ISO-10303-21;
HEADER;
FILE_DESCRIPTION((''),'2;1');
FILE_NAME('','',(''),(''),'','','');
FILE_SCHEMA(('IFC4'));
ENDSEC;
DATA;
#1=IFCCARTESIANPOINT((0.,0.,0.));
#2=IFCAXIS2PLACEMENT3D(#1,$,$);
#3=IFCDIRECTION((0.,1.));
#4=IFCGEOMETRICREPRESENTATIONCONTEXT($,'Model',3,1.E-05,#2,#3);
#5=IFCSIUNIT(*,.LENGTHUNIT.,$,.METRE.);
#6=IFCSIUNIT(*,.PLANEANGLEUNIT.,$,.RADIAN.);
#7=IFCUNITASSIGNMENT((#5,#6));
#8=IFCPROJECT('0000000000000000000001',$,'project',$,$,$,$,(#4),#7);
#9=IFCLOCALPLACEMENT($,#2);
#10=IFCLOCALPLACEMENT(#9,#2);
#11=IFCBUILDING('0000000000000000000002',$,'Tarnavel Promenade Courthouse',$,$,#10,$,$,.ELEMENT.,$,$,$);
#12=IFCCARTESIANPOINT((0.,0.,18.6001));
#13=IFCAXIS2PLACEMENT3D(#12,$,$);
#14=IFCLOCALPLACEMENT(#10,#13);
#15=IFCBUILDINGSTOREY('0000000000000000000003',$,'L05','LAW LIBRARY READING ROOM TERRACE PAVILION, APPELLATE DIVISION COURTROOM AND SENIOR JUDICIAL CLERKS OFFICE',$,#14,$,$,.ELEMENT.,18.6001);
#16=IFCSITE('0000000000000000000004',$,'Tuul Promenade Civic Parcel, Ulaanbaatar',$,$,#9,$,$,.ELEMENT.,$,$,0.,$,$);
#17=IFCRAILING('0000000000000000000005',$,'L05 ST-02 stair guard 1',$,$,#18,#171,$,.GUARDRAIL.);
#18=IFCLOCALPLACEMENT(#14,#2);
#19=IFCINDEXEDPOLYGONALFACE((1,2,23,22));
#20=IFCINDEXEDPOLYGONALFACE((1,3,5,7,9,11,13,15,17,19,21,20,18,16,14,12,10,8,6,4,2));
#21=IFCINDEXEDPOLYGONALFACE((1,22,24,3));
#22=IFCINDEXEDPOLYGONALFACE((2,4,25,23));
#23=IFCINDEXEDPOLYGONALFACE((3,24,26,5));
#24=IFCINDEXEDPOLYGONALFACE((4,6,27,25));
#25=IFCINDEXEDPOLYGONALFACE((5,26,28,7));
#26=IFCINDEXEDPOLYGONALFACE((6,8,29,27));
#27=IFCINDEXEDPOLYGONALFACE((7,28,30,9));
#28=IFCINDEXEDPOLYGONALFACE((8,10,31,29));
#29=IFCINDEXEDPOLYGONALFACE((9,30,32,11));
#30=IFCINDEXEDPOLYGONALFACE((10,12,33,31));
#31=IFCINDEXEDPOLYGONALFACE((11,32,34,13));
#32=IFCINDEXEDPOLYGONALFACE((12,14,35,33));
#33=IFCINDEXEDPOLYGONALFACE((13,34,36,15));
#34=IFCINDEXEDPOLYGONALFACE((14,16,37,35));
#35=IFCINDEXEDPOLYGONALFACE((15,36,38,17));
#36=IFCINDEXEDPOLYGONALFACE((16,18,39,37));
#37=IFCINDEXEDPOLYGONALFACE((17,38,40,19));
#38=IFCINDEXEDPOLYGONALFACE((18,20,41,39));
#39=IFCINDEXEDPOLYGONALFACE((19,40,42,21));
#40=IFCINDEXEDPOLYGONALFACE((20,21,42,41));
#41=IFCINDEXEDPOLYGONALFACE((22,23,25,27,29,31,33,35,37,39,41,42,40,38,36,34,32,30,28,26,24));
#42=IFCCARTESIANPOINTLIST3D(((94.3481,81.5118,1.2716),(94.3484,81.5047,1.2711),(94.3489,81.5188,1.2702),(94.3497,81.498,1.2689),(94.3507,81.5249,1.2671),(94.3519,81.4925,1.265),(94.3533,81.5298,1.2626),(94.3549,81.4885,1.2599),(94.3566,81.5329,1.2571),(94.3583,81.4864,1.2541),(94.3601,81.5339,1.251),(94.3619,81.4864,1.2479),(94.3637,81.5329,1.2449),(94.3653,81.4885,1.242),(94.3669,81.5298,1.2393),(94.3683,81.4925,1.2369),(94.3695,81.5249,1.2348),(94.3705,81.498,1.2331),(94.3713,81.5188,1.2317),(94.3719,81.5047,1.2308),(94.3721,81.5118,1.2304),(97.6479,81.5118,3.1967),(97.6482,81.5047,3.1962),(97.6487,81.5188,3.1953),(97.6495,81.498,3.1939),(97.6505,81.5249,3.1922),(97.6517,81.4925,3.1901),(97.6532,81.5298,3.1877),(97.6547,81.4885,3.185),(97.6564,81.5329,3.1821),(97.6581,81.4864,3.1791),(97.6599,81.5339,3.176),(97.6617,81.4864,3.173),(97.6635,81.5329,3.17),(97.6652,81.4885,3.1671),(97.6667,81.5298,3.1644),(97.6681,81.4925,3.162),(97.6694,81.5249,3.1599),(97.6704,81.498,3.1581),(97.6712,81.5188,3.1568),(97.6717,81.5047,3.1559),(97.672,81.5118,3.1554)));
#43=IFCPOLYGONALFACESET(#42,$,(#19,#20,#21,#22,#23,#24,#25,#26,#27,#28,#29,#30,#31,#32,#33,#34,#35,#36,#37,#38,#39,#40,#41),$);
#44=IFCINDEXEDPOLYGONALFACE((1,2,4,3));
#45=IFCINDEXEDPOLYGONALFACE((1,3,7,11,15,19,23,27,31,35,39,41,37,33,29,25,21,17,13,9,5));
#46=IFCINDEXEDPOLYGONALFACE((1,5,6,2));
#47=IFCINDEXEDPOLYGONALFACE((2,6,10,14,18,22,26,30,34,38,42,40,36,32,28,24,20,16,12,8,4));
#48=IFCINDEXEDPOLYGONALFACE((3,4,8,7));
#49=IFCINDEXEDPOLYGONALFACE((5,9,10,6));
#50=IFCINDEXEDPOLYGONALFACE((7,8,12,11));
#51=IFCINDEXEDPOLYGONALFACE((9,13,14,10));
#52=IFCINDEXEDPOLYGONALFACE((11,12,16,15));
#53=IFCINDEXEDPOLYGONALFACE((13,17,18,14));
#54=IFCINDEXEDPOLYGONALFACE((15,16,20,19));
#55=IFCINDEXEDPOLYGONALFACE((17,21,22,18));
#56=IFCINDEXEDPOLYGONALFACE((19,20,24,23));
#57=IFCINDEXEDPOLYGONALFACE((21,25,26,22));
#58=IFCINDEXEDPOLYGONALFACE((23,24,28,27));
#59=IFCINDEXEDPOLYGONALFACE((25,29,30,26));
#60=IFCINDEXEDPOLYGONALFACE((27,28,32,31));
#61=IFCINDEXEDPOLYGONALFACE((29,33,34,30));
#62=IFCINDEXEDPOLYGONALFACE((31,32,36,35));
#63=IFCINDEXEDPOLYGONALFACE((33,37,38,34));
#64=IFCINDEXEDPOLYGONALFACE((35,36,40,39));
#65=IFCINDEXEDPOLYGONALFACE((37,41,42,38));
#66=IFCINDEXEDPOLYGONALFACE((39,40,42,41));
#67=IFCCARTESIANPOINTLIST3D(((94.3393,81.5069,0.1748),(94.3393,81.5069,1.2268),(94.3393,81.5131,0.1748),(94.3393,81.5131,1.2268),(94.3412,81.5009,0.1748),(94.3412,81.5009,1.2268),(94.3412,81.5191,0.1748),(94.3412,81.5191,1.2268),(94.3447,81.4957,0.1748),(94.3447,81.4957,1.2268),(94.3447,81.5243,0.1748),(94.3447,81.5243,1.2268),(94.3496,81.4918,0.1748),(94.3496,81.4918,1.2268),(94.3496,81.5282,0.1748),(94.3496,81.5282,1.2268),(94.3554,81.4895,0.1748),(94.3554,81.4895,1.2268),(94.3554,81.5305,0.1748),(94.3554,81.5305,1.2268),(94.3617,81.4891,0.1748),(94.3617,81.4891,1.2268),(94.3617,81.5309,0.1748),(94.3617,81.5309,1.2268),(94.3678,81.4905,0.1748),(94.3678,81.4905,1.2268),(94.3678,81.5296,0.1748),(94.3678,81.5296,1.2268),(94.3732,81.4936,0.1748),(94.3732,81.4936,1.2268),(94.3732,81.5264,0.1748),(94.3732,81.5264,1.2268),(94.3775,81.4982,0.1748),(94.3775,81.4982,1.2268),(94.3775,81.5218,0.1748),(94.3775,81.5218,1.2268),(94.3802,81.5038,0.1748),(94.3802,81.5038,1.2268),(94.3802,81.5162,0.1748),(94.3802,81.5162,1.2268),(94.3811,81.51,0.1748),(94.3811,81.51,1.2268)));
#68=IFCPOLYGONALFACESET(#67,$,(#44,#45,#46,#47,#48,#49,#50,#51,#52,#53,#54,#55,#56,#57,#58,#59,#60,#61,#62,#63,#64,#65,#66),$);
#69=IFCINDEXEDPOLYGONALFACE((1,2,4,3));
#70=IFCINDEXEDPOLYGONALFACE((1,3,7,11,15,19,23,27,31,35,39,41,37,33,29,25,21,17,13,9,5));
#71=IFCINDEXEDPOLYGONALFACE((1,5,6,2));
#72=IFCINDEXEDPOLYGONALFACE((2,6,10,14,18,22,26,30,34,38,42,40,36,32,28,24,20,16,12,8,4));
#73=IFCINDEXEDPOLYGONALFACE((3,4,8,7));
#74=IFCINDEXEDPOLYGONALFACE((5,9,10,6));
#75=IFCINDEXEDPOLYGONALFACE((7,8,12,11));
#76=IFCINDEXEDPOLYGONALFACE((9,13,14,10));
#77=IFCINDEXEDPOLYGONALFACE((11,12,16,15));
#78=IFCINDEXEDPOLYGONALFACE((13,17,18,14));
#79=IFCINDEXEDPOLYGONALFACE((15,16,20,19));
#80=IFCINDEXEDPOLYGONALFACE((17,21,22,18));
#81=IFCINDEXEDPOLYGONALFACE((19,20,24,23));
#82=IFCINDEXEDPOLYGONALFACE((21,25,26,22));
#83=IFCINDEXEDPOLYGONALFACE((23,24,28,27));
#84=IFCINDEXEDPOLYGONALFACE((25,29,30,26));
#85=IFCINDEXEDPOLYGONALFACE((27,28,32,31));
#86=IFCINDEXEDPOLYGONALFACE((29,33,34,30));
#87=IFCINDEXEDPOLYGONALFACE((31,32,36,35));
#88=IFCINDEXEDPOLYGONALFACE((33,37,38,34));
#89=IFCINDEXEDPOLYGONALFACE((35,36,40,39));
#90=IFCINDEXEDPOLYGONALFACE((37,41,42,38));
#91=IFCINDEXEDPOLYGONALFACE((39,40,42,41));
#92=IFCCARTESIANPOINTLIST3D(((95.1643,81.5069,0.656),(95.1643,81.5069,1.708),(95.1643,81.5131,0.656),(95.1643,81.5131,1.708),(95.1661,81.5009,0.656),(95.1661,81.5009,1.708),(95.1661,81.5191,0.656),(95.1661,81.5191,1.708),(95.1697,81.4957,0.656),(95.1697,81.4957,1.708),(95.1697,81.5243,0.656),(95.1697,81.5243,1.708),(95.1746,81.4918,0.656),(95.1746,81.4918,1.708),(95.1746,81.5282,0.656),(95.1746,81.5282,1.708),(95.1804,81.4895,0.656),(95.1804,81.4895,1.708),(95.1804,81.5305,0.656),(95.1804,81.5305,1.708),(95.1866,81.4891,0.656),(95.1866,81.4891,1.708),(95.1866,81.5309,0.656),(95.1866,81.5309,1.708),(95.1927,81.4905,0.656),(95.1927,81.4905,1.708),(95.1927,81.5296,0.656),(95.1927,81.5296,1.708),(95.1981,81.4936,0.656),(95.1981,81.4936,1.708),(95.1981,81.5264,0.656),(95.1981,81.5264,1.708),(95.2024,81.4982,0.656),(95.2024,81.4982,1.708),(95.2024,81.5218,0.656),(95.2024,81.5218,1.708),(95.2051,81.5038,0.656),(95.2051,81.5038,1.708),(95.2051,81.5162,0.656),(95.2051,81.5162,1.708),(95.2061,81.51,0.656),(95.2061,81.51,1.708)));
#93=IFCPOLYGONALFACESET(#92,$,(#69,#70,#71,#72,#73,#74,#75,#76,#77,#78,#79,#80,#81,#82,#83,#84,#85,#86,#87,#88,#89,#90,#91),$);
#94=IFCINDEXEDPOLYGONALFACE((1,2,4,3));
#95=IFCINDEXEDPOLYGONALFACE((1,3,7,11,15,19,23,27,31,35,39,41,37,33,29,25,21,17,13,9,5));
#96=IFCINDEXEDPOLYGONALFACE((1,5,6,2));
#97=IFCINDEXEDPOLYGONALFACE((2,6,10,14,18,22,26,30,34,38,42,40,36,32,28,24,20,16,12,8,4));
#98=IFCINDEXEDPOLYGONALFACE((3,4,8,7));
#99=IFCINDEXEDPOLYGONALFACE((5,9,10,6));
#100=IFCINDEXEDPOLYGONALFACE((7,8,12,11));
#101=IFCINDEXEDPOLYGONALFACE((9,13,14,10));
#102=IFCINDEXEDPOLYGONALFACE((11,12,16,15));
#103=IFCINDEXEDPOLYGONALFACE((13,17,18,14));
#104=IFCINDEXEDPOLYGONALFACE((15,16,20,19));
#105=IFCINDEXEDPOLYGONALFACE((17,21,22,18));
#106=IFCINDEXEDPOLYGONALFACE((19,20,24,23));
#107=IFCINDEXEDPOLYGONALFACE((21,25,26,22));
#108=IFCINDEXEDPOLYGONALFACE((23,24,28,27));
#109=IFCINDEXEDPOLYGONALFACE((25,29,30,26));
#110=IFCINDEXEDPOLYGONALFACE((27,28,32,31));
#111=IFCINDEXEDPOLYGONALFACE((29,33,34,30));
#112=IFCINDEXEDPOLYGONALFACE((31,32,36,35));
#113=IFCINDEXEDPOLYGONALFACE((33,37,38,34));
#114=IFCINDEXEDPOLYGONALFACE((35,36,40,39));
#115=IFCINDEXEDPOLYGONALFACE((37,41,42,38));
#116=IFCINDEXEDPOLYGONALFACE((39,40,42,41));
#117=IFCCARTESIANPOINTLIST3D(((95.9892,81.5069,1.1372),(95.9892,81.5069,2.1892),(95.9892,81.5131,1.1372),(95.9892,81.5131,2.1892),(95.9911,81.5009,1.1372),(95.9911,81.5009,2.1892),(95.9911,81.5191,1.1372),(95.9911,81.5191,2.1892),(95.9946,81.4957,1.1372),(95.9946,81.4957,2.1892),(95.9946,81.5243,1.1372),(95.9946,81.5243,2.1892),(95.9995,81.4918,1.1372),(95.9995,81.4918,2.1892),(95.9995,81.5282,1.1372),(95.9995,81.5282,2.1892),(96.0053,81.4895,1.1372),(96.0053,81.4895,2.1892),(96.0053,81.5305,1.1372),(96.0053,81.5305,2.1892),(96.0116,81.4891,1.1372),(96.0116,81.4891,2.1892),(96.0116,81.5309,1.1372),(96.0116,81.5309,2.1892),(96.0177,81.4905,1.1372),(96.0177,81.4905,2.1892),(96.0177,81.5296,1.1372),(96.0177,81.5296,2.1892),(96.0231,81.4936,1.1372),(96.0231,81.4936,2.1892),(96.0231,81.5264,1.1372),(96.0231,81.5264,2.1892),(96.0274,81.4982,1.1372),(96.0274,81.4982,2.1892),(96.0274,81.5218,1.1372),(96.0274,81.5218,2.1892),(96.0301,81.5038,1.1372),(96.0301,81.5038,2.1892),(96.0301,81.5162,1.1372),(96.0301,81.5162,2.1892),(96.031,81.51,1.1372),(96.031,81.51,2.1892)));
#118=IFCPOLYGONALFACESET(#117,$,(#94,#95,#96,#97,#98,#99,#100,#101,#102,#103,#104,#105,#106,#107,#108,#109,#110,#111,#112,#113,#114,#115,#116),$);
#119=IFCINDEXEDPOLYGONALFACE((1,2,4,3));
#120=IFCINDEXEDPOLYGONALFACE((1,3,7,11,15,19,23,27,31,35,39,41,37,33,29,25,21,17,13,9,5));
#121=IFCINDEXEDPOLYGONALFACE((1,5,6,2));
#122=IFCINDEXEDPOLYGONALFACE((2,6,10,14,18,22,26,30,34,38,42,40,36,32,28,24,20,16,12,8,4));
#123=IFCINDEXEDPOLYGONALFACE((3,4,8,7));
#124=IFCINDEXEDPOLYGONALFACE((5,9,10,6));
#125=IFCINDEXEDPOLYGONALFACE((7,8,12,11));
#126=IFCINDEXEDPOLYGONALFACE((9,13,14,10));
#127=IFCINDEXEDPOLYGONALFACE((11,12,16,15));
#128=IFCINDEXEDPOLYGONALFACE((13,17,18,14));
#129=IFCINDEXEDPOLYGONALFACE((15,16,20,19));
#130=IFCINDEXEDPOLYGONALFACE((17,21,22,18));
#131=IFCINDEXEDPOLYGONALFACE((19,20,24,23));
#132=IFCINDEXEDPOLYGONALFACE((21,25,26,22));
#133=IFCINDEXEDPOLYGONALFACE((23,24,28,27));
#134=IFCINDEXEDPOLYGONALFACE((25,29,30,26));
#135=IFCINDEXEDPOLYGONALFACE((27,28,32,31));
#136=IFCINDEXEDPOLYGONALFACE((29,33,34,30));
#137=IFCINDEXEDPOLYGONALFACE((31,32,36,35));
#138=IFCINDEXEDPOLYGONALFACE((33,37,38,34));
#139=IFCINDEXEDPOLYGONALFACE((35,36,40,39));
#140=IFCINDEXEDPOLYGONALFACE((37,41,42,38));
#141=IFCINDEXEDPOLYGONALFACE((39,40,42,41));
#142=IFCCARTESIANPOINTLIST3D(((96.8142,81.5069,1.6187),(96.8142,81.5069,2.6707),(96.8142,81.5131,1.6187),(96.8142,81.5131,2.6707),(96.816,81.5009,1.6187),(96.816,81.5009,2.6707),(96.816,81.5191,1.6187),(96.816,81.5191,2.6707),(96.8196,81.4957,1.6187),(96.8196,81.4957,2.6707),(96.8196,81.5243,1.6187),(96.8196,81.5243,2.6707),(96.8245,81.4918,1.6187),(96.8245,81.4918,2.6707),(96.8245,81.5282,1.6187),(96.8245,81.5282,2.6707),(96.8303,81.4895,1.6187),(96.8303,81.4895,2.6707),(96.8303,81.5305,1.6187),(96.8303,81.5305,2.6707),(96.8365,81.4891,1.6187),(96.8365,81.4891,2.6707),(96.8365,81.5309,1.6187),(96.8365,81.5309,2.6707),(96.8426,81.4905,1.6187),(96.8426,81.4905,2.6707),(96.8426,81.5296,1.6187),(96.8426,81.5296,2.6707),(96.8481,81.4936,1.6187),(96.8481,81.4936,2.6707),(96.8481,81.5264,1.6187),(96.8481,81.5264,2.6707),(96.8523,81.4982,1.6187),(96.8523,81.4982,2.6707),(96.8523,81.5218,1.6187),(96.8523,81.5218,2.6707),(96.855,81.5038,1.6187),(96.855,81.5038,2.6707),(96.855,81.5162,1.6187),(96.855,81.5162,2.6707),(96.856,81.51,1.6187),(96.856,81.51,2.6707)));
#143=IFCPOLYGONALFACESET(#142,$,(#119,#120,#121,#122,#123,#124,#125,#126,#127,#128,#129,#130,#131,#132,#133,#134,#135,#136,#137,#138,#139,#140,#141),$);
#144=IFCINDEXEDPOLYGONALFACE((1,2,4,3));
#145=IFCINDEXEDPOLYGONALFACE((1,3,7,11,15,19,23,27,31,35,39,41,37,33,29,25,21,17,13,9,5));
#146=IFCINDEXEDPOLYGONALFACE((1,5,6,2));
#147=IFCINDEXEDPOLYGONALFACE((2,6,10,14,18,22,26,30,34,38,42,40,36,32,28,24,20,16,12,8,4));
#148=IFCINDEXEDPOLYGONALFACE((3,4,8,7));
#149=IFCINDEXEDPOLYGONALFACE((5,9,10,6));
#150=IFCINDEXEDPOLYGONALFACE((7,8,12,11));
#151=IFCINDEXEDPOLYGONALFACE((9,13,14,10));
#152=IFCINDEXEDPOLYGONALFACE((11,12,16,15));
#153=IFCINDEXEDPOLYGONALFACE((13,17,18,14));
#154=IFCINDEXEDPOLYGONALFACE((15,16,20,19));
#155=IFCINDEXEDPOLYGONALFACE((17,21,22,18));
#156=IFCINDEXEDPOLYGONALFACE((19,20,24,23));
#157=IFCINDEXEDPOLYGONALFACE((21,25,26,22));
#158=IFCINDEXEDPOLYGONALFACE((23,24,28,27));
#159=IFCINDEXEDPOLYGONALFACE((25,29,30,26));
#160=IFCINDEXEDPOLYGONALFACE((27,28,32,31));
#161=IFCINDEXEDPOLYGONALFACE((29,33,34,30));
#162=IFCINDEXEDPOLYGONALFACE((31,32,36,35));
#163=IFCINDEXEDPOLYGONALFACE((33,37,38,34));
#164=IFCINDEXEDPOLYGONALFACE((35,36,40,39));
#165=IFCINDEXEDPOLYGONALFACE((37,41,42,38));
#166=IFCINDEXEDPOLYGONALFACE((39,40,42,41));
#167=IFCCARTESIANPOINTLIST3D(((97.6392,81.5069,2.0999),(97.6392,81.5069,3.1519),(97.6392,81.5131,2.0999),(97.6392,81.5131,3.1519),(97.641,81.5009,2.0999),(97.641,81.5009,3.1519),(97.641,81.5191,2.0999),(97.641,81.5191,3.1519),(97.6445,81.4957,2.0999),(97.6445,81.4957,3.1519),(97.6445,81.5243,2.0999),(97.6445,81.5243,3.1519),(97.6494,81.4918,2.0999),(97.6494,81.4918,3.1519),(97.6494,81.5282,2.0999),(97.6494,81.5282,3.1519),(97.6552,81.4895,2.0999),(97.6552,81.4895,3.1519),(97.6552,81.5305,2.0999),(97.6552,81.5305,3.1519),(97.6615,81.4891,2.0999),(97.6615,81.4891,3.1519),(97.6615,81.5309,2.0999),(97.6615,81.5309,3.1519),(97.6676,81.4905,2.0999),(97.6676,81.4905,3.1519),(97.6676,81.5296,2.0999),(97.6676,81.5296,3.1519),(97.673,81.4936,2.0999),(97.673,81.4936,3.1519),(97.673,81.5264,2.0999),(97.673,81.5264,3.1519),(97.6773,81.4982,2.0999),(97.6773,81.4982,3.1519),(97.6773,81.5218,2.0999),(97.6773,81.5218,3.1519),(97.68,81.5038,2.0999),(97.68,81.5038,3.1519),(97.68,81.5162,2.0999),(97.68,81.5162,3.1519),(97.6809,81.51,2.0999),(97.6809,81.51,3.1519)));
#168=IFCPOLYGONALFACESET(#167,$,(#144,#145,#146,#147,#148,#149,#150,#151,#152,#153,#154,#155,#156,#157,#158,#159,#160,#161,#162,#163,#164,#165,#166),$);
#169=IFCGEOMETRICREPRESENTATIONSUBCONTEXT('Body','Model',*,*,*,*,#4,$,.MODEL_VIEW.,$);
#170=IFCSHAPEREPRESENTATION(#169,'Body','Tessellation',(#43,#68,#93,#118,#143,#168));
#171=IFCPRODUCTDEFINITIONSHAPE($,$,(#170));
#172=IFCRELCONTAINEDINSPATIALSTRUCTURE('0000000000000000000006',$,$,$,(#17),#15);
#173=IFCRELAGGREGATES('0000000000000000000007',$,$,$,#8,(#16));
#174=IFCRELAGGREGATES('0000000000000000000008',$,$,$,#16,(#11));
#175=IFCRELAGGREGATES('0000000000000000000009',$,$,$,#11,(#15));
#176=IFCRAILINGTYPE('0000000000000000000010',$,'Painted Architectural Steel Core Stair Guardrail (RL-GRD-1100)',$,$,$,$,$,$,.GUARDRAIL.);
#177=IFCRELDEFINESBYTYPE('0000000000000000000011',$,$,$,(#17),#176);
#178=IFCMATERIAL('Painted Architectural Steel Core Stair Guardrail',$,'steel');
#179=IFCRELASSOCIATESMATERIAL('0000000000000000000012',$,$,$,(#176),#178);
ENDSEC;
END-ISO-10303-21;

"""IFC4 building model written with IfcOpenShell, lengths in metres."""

from ifc_helpers import new_model, si_unit, direction, frame, origin, origin_2d, place, context, subcontext, project, spatial, circle, extrude, material, type_object, element, save


model = new_model("IFC4")

# Units and contexts
model_context = context("Model", 3, precision=1e-05, world=origin(), true_north=direction((0.0, 1.0)))
body_context = subcontext(model_context, "Body", "Model", "MODEL_VIEW")
ifc_project = project(units=[si_unit("LENGTHUNIT", "METRE"), si_unit("PLANEANGLEUNIT", "RADIAN")], contexts=[model_context])

# Site, building, storey
site_placement = place(None, origin())
site = spatial("IfcSite", under=ifc_project, at=site_placement, Name="Tuul Promenade Civic Parcel, Ulaanbaatar", CompositionType="ELEMENT", RefElevation=0.0)
building_placement = place(site_placement, origin())
building = spatial("IfcBuilding", under=site, at=building_placement, Name="Tarnavel Promenade Courthouse", CompositionType="ELEMENT")
storey_placement = place(building_placement, frame((0.0, 0.0, 18.6001)))
storey = spatial("IfcBuildingStorey", under=building, at=storey_placement, Name="L05", Description="LAW LIBRARY READING ROOM TERRACE PAVILION, APPELLATE DIVISION COURTROOM AND SENIOR JUDICIAL CLERKS OFFICE", CompositionType="ELEMENT", Elevation=18.6001)

# Railing
ifc_material_1 = material(Name="Painted Architectural Steel Core Stair Guardrail", Category="steel")
railing_type_1 = type_object("IfcRailingType", Name="Painted Architectural Steel Core Stair Guardrail (RL-GRD-1100)", PredefinedType="GUARDRAIL", material=ifc_material_1)
railing_1_placement = place(storey_placement, frame((94.3601, 81.51, 0.1748)))
element("IfcRailing", 1, at=railing_1_placement, inside=storey, type_object=railing_type_1, Name="L05 ST-02 stair guard 1", PredefinedType="GUARDRAIL", context=body_context, shape_type="SweptSolid", body=[
    extrude(circle(Radius=0.0239, at=origin_2d()), frame((0.0, 0.0, 1.0762), z_axis=(0.86376, 0.0, 0.503903), x_axis=(0.0, 1.0, 0.0)), (0.0, 0.0, 1.0), 3.8203),
    extrude(circle(Radius=0.021, at=origin_2d()), origin(), (0.0, 0.0, 1.0), 1.052),
    extrude(circle(Radius=0.021, at=origin_2d()), frame((0.825, 0.0, 0.4812)), (0.0, 0.0, 1.0), 1.052),
    extrude(circle(Radius=0.021, at=origin_2d()), frame((1.6499, 0.0, 0.9624)), (0.0, 0.0, 1.0), 1.052),
    extrude(circle(Radius=0.021, at=origin_2d()), frame((2.4749, 0.0, 1.4438)), (0.0, 0.0, 1.0), 1.052),
    extrude(circle(Radius=0.021, at=origin_2d()), frame((3.2998, 0.0, 1.925)), (0.0, 0.0, 1.0), 1.052),
])

save(model, "model.ifc")
